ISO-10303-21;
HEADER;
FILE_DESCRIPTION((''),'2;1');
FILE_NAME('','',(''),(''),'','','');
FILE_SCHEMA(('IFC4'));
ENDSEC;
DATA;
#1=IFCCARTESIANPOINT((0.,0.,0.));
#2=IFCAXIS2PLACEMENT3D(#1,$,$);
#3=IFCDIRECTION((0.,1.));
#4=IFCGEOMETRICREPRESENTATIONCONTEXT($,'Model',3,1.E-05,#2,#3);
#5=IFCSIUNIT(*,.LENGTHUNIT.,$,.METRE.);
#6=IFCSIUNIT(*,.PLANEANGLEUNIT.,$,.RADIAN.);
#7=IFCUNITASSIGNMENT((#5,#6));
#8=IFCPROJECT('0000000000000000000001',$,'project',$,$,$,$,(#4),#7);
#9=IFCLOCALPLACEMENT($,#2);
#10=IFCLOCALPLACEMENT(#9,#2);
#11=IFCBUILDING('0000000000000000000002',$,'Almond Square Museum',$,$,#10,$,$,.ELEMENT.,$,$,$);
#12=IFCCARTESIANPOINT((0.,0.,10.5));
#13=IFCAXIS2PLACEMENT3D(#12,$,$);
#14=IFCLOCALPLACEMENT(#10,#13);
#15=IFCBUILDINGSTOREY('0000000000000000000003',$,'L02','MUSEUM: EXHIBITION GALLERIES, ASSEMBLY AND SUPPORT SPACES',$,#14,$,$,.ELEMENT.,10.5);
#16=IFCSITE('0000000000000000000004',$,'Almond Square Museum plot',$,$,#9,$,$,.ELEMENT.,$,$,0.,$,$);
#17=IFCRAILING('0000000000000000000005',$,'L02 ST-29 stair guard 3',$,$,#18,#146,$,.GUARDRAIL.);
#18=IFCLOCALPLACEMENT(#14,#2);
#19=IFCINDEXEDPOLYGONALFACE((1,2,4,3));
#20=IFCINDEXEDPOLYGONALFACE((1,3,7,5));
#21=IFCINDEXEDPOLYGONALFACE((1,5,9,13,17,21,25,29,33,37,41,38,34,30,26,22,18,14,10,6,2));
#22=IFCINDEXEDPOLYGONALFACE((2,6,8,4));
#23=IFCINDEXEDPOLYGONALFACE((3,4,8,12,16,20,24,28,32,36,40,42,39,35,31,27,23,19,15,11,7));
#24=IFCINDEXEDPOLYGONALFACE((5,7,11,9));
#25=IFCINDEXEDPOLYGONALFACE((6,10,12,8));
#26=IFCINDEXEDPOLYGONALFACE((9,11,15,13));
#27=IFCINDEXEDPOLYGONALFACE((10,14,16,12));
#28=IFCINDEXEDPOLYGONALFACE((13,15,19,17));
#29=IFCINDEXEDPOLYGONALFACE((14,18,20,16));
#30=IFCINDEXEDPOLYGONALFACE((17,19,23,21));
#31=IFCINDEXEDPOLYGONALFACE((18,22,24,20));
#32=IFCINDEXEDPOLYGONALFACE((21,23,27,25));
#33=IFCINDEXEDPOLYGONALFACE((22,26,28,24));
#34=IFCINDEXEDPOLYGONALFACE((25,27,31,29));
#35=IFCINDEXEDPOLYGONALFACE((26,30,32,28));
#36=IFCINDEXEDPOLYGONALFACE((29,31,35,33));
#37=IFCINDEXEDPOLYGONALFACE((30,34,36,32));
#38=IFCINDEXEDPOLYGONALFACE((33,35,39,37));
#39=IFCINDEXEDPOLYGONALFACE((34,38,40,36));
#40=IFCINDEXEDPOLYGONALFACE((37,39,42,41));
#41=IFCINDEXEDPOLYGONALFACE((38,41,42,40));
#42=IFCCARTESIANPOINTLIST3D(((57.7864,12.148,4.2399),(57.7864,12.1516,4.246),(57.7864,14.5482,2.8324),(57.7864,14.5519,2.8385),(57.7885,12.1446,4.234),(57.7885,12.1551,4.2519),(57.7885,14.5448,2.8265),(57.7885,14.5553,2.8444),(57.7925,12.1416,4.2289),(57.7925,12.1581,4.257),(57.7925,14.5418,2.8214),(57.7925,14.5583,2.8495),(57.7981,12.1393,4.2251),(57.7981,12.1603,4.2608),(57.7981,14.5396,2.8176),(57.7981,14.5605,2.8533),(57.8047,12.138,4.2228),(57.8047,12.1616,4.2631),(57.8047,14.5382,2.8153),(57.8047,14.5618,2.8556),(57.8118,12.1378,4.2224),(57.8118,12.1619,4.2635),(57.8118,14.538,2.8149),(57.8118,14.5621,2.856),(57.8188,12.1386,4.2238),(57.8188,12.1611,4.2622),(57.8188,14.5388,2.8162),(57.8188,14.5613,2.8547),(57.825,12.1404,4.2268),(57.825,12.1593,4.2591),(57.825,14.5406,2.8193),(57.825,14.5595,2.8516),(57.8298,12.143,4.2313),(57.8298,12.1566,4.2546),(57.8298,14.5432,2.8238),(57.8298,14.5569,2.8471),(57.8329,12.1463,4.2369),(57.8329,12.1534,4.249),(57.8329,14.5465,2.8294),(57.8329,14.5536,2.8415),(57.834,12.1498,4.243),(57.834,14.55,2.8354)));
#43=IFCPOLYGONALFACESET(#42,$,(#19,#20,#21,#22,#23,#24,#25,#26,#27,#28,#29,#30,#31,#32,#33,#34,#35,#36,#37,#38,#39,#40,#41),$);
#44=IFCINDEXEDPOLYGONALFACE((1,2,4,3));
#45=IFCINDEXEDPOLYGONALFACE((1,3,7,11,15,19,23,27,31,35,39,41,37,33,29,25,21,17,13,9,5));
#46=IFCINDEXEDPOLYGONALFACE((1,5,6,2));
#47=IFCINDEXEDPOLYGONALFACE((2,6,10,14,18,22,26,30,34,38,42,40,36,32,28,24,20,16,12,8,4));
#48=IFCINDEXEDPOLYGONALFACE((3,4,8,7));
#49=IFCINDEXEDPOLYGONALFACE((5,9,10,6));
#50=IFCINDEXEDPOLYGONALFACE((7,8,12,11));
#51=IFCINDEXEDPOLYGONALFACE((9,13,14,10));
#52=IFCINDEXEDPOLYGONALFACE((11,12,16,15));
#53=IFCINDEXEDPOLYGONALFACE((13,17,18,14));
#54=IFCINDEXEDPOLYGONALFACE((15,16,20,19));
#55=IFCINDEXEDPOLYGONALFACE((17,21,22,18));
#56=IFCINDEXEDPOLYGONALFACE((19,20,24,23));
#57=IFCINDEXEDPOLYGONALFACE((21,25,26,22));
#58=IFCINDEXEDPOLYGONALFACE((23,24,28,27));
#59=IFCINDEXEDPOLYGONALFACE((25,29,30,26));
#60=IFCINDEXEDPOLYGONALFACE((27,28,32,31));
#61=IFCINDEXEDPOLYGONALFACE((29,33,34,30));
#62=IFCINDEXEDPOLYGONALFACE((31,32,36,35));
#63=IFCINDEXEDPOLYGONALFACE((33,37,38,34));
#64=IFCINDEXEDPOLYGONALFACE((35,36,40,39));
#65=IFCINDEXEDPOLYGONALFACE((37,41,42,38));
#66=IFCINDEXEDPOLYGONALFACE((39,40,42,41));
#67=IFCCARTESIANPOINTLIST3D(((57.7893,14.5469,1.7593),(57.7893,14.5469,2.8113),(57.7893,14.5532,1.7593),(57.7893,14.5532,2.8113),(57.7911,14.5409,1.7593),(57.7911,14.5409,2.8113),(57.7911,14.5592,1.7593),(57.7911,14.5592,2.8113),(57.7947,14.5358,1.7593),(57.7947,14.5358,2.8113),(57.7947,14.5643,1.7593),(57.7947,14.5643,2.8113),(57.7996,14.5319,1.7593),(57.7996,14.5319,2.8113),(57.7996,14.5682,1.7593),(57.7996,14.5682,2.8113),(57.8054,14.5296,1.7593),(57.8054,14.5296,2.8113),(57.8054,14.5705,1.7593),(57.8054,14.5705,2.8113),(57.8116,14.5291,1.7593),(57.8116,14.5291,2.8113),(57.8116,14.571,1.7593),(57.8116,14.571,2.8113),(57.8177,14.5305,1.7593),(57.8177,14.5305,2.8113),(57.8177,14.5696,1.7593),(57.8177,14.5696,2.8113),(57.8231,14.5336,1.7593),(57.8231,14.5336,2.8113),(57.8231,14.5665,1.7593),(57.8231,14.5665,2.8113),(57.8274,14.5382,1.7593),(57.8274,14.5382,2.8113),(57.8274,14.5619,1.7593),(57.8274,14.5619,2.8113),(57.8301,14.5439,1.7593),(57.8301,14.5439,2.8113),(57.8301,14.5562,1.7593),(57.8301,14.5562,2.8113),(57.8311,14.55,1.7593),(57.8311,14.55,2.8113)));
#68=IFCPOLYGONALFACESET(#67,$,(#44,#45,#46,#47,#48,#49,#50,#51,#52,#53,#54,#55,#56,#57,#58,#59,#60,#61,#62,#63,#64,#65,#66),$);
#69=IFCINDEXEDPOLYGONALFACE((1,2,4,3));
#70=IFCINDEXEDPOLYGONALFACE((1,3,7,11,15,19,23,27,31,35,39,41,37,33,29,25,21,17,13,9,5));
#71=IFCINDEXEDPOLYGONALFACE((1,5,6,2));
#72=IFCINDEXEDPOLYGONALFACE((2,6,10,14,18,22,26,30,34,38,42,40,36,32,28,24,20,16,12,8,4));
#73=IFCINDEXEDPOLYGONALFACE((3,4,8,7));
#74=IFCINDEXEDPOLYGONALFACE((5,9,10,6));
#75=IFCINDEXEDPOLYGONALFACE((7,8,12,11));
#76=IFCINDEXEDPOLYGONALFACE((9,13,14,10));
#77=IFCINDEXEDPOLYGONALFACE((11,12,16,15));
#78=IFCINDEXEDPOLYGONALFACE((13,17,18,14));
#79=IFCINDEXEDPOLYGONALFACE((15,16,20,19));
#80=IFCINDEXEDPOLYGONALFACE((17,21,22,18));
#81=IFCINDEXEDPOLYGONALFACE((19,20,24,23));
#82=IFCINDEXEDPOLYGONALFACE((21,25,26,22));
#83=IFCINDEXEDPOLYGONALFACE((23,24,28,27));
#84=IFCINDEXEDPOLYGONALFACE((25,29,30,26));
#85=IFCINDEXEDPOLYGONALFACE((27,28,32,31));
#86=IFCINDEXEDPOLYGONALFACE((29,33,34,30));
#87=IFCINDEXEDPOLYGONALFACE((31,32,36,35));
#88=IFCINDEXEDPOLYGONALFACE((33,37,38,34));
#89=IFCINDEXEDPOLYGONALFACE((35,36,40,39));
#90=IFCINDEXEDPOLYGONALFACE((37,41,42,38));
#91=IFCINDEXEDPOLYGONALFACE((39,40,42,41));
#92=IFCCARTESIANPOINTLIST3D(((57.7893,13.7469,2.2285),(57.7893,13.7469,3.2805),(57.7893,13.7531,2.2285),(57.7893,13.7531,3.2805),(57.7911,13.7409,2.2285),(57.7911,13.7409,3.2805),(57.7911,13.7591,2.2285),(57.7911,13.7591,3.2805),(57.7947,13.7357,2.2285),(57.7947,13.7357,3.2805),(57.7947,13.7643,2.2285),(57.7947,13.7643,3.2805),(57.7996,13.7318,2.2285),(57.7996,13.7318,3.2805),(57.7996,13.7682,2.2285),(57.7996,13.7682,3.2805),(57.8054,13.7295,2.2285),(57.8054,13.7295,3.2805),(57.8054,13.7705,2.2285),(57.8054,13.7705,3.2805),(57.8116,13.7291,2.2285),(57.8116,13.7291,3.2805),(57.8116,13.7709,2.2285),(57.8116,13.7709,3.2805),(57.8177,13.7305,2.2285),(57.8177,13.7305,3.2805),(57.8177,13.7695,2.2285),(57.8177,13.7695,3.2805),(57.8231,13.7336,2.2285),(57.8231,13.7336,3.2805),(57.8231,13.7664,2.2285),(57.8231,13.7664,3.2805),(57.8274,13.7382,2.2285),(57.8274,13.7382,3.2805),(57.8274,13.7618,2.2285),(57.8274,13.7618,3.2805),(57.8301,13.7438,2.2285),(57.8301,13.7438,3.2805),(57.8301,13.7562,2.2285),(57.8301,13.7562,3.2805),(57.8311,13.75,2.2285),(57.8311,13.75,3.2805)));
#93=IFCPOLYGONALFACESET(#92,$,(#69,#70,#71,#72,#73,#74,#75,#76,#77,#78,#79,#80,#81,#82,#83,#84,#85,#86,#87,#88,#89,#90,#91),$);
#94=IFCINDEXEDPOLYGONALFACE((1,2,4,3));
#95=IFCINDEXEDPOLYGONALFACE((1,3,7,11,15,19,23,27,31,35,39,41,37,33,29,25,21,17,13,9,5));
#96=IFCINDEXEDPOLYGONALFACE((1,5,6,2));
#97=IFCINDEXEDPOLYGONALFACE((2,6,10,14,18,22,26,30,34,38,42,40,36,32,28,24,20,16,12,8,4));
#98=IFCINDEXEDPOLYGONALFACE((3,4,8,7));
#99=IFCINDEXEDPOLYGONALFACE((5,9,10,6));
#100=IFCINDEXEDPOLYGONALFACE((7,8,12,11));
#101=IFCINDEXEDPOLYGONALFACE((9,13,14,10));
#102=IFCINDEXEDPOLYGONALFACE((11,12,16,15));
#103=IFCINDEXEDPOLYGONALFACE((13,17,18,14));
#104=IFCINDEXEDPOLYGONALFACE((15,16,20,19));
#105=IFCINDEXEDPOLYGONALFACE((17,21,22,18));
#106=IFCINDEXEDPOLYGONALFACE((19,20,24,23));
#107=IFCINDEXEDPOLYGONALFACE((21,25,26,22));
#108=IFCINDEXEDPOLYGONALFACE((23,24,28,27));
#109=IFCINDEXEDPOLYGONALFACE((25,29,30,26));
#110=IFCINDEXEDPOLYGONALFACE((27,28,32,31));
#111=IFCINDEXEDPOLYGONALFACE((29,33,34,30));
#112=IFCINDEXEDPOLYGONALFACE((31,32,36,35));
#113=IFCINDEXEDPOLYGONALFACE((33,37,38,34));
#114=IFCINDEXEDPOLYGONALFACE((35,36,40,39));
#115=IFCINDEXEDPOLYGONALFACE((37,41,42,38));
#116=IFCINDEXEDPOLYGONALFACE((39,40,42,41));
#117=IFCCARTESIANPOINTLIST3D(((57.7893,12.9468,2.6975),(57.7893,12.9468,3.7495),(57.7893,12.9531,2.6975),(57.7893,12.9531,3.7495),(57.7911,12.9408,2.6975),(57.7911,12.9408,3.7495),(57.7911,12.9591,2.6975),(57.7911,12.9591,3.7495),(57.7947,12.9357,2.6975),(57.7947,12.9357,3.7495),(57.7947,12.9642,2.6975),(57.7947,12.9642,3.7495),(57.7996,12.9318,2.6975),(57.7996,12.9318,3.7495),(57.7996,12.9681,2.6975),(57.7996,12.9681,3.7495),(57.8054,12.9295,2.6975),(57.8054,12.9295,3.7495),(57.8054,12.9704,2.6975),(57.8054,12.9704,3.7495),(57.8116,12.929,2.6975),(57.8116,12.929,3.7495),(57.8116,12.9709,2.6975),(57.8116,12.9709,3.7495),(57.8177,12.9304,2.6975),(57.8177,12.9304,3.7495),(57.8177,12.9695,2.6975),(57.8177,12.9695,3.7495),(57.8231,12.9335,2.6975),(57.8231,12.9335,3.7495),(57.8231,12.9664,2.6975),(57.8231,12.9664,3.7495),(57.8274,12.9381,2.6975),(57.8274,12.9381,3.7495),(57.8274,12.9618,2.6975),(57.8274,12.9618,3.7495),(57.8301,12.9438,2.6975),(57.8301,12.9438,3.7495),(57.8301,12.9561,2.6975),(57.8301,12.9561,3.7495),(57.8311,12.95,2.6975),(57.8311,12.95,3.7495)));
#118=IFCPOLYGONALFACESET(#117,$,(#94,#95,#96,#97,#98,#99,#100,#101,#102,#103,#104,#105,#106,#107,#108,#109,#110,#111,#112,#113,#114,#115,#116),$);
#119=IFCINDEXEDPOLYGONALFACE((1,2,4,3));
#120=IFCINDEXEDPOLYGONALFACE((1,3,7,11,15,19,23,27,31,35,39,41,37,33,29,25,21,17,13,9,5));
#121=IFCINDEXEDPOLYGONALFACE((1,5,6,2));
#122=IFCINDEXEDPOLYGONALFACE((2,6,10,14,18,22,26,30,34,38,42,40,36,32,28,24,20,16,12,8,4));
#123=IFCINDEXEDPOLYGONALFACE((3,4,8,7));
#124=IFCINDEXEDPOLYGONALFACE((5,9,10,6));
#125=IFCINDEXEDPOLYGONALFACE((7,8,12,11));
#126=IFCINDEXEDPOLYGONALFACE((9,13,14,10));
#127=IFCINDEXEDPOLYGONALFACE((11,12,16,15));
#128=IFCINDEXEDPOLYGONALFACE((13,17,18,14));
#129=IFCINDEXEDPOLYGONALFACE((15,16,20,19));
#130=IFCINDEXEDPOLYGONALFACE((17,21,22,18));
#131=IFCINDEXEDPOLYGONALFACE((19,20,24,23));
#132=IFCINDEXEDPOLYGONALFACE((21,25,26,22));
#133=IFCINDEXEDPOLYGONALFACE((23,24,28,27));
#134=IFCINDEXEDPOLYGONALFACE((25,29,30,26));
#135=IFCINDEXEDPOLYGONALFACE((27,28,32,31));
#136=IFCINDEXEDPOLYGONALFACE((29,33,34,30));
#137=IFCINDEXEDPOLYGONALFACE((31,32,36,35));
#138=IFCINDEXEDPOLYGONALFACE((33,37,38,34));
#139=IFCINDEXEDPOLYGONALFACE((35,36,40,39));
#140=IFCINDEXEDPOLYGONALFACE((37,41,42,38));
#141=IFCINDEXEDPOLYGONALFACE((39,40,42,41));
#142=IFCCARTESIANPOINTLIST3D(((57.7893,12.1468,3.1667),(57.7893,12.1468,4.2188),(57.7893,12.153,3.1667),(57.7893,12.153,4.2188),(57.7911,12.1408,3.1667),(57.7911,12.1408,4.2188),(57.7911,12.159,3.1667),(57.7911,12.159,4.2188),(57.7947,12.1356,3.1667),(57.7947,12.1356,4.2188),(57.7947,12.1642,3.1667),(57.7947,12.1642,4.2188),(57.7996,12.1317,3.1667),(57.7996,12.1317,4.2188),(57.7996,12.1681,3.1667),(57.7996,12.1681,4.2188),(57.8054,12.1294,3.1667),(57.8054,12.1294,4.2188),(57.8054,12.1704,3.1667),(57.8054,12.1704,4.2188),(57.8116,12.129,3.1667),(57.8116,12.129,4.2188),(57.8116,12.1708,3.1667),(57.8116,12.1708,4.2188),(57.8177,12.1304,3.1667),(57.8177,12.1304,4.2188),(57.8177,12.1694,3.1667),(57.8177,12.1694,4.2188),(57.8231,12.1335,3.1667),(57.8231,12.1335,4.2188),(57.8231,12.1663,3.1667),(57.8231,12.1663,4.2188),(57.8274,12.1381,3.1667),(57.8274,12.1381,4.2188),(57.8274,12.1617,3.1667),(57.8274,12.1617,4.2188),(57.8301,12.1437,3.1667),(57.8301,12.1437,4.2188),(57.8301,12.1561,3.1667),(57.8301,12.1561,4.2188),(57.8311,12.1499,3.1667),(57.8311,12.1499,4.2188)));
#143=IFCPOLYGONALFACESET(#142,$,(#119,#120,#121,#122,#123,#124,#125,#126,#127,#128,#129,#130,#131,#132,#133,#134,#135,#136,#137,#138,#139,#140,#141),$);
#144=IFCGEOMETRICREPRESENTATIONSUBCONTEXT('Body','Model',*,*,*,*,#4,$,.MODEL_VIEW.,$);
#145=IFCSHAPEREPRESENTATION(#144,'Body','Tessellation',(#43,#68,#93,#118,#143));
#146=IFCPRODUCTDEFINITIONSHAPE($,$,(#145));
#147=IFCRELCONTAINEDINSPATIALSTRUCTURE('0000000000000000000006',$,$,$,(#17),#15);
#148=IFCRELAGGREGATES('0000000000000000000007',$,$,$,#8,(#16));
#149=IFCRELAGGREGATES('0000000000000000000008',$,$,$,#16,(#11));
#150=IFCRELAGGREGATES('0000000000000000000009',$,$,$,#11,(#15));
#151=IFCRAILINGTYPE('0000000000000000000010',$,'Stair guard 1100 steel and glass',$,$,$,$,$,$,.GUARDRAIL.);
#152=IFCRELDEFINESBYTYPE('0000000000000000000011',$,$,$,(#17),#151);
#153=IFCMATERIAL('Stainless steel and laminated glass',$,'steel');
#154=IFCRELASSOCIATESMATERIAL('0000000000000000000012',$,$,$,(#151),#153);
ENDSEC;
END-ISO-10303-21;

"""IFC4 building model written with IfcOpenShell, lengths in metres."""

from ifc_helpers import new_model, si_unit, direction, frame, origin, origin_2d, place, context, subcontext, project, spatial, circle, extrude, material, type_object, element, save


model = new_model("IFC4")

# Units and contexts
model_context = context("Model", 3, precision=1e-05, world=origin(), true_north=direction((0.0, 1.0)))
body_context = subcontext(model_context, "Body", "Model", "MODEL_VIEW")
ifc_project = project(units=[si_unit("LENGTHUNIT", "METRE"), si_unit("PLANEANGLEUNIT", "RADIAN")], contexts=[model_context])

# Site, building, storey
site_placement = place(None, origin())
site = spatial("IfcSite", under=ifc_project, at=site_placement, Name="Almond Square Museum plot", CompositionType="ELEMENT", RefElevation=0.0)
building_placement = place(site_placement, origin())
building = spatial("IfcBuilding", under=site, at=building_placement, Name="Almond Square Museum", CompositionType="ELEMENT")
storey_placement = place(building_placement, frame((0.0, 0.0, 10.5)))
storey = spatial("IfcBuildingStorey", under=building, at=storey_placement, Name="L02", Description="MUSEUM: EXHIBITION GALLERIES, ASSEMBLY AND SUPPORT SPACES", CompositionType="ELEMENT", Elevation=10.5)

# Railing
ifc_material_1 = material(Name="Stainless steel and laminated glass", Category="steel")
railing_type_1 = type_object("IfcRailingType", Name="Stair guard 1100 steel and glass", PredefinedType="GUARDRAIL", material=ifc_material_1)
railing_1_placement = place(storey_placement, frame((57.8101, 14.55, 1.7593)))
element("IfcRailing", 1, at=railing_1_placement, inside=storey, type_object=railing_type_1, Name="L02 ST-29 stair guard 3", PredefinedType="GUARDRAIL", context=body_context, shape_type="SweptSolid", body=[
    extrude(circle(Radius=0.0239, at=origin_2d()), frame((0.0, 0.0, 1.0762), z_axis=(0.0, -0.862621, 0.50585), x_axis=(1.0, 0.0, 0.0)), (0.0, 0.0, 1.0), 2.7825),
    extrude(circle(Radius=0.021, at=origin_2d()), origin(), (0.0, 0.0, 1.0), 1.052),
    extrude(circle(Radius=0.021, at=origin_2d()), frame((0.0, -0.8, 0.4692)), (0.0, 0.0, 1.0), 1.052),
    extrude(circle(Radius=0.021, at=origin_2d()), frame((0.0, -1.6001, 0.9382)), (0.0, 0.0, 1.0), 1.052),
    extrude(circle(Radius=0.021, at=origin_2d()), frame((0.0, -2.4001, 1.4075)), (0.0, 0.0, 1.0), 1.052),
])

save(model, "model.ifc")
